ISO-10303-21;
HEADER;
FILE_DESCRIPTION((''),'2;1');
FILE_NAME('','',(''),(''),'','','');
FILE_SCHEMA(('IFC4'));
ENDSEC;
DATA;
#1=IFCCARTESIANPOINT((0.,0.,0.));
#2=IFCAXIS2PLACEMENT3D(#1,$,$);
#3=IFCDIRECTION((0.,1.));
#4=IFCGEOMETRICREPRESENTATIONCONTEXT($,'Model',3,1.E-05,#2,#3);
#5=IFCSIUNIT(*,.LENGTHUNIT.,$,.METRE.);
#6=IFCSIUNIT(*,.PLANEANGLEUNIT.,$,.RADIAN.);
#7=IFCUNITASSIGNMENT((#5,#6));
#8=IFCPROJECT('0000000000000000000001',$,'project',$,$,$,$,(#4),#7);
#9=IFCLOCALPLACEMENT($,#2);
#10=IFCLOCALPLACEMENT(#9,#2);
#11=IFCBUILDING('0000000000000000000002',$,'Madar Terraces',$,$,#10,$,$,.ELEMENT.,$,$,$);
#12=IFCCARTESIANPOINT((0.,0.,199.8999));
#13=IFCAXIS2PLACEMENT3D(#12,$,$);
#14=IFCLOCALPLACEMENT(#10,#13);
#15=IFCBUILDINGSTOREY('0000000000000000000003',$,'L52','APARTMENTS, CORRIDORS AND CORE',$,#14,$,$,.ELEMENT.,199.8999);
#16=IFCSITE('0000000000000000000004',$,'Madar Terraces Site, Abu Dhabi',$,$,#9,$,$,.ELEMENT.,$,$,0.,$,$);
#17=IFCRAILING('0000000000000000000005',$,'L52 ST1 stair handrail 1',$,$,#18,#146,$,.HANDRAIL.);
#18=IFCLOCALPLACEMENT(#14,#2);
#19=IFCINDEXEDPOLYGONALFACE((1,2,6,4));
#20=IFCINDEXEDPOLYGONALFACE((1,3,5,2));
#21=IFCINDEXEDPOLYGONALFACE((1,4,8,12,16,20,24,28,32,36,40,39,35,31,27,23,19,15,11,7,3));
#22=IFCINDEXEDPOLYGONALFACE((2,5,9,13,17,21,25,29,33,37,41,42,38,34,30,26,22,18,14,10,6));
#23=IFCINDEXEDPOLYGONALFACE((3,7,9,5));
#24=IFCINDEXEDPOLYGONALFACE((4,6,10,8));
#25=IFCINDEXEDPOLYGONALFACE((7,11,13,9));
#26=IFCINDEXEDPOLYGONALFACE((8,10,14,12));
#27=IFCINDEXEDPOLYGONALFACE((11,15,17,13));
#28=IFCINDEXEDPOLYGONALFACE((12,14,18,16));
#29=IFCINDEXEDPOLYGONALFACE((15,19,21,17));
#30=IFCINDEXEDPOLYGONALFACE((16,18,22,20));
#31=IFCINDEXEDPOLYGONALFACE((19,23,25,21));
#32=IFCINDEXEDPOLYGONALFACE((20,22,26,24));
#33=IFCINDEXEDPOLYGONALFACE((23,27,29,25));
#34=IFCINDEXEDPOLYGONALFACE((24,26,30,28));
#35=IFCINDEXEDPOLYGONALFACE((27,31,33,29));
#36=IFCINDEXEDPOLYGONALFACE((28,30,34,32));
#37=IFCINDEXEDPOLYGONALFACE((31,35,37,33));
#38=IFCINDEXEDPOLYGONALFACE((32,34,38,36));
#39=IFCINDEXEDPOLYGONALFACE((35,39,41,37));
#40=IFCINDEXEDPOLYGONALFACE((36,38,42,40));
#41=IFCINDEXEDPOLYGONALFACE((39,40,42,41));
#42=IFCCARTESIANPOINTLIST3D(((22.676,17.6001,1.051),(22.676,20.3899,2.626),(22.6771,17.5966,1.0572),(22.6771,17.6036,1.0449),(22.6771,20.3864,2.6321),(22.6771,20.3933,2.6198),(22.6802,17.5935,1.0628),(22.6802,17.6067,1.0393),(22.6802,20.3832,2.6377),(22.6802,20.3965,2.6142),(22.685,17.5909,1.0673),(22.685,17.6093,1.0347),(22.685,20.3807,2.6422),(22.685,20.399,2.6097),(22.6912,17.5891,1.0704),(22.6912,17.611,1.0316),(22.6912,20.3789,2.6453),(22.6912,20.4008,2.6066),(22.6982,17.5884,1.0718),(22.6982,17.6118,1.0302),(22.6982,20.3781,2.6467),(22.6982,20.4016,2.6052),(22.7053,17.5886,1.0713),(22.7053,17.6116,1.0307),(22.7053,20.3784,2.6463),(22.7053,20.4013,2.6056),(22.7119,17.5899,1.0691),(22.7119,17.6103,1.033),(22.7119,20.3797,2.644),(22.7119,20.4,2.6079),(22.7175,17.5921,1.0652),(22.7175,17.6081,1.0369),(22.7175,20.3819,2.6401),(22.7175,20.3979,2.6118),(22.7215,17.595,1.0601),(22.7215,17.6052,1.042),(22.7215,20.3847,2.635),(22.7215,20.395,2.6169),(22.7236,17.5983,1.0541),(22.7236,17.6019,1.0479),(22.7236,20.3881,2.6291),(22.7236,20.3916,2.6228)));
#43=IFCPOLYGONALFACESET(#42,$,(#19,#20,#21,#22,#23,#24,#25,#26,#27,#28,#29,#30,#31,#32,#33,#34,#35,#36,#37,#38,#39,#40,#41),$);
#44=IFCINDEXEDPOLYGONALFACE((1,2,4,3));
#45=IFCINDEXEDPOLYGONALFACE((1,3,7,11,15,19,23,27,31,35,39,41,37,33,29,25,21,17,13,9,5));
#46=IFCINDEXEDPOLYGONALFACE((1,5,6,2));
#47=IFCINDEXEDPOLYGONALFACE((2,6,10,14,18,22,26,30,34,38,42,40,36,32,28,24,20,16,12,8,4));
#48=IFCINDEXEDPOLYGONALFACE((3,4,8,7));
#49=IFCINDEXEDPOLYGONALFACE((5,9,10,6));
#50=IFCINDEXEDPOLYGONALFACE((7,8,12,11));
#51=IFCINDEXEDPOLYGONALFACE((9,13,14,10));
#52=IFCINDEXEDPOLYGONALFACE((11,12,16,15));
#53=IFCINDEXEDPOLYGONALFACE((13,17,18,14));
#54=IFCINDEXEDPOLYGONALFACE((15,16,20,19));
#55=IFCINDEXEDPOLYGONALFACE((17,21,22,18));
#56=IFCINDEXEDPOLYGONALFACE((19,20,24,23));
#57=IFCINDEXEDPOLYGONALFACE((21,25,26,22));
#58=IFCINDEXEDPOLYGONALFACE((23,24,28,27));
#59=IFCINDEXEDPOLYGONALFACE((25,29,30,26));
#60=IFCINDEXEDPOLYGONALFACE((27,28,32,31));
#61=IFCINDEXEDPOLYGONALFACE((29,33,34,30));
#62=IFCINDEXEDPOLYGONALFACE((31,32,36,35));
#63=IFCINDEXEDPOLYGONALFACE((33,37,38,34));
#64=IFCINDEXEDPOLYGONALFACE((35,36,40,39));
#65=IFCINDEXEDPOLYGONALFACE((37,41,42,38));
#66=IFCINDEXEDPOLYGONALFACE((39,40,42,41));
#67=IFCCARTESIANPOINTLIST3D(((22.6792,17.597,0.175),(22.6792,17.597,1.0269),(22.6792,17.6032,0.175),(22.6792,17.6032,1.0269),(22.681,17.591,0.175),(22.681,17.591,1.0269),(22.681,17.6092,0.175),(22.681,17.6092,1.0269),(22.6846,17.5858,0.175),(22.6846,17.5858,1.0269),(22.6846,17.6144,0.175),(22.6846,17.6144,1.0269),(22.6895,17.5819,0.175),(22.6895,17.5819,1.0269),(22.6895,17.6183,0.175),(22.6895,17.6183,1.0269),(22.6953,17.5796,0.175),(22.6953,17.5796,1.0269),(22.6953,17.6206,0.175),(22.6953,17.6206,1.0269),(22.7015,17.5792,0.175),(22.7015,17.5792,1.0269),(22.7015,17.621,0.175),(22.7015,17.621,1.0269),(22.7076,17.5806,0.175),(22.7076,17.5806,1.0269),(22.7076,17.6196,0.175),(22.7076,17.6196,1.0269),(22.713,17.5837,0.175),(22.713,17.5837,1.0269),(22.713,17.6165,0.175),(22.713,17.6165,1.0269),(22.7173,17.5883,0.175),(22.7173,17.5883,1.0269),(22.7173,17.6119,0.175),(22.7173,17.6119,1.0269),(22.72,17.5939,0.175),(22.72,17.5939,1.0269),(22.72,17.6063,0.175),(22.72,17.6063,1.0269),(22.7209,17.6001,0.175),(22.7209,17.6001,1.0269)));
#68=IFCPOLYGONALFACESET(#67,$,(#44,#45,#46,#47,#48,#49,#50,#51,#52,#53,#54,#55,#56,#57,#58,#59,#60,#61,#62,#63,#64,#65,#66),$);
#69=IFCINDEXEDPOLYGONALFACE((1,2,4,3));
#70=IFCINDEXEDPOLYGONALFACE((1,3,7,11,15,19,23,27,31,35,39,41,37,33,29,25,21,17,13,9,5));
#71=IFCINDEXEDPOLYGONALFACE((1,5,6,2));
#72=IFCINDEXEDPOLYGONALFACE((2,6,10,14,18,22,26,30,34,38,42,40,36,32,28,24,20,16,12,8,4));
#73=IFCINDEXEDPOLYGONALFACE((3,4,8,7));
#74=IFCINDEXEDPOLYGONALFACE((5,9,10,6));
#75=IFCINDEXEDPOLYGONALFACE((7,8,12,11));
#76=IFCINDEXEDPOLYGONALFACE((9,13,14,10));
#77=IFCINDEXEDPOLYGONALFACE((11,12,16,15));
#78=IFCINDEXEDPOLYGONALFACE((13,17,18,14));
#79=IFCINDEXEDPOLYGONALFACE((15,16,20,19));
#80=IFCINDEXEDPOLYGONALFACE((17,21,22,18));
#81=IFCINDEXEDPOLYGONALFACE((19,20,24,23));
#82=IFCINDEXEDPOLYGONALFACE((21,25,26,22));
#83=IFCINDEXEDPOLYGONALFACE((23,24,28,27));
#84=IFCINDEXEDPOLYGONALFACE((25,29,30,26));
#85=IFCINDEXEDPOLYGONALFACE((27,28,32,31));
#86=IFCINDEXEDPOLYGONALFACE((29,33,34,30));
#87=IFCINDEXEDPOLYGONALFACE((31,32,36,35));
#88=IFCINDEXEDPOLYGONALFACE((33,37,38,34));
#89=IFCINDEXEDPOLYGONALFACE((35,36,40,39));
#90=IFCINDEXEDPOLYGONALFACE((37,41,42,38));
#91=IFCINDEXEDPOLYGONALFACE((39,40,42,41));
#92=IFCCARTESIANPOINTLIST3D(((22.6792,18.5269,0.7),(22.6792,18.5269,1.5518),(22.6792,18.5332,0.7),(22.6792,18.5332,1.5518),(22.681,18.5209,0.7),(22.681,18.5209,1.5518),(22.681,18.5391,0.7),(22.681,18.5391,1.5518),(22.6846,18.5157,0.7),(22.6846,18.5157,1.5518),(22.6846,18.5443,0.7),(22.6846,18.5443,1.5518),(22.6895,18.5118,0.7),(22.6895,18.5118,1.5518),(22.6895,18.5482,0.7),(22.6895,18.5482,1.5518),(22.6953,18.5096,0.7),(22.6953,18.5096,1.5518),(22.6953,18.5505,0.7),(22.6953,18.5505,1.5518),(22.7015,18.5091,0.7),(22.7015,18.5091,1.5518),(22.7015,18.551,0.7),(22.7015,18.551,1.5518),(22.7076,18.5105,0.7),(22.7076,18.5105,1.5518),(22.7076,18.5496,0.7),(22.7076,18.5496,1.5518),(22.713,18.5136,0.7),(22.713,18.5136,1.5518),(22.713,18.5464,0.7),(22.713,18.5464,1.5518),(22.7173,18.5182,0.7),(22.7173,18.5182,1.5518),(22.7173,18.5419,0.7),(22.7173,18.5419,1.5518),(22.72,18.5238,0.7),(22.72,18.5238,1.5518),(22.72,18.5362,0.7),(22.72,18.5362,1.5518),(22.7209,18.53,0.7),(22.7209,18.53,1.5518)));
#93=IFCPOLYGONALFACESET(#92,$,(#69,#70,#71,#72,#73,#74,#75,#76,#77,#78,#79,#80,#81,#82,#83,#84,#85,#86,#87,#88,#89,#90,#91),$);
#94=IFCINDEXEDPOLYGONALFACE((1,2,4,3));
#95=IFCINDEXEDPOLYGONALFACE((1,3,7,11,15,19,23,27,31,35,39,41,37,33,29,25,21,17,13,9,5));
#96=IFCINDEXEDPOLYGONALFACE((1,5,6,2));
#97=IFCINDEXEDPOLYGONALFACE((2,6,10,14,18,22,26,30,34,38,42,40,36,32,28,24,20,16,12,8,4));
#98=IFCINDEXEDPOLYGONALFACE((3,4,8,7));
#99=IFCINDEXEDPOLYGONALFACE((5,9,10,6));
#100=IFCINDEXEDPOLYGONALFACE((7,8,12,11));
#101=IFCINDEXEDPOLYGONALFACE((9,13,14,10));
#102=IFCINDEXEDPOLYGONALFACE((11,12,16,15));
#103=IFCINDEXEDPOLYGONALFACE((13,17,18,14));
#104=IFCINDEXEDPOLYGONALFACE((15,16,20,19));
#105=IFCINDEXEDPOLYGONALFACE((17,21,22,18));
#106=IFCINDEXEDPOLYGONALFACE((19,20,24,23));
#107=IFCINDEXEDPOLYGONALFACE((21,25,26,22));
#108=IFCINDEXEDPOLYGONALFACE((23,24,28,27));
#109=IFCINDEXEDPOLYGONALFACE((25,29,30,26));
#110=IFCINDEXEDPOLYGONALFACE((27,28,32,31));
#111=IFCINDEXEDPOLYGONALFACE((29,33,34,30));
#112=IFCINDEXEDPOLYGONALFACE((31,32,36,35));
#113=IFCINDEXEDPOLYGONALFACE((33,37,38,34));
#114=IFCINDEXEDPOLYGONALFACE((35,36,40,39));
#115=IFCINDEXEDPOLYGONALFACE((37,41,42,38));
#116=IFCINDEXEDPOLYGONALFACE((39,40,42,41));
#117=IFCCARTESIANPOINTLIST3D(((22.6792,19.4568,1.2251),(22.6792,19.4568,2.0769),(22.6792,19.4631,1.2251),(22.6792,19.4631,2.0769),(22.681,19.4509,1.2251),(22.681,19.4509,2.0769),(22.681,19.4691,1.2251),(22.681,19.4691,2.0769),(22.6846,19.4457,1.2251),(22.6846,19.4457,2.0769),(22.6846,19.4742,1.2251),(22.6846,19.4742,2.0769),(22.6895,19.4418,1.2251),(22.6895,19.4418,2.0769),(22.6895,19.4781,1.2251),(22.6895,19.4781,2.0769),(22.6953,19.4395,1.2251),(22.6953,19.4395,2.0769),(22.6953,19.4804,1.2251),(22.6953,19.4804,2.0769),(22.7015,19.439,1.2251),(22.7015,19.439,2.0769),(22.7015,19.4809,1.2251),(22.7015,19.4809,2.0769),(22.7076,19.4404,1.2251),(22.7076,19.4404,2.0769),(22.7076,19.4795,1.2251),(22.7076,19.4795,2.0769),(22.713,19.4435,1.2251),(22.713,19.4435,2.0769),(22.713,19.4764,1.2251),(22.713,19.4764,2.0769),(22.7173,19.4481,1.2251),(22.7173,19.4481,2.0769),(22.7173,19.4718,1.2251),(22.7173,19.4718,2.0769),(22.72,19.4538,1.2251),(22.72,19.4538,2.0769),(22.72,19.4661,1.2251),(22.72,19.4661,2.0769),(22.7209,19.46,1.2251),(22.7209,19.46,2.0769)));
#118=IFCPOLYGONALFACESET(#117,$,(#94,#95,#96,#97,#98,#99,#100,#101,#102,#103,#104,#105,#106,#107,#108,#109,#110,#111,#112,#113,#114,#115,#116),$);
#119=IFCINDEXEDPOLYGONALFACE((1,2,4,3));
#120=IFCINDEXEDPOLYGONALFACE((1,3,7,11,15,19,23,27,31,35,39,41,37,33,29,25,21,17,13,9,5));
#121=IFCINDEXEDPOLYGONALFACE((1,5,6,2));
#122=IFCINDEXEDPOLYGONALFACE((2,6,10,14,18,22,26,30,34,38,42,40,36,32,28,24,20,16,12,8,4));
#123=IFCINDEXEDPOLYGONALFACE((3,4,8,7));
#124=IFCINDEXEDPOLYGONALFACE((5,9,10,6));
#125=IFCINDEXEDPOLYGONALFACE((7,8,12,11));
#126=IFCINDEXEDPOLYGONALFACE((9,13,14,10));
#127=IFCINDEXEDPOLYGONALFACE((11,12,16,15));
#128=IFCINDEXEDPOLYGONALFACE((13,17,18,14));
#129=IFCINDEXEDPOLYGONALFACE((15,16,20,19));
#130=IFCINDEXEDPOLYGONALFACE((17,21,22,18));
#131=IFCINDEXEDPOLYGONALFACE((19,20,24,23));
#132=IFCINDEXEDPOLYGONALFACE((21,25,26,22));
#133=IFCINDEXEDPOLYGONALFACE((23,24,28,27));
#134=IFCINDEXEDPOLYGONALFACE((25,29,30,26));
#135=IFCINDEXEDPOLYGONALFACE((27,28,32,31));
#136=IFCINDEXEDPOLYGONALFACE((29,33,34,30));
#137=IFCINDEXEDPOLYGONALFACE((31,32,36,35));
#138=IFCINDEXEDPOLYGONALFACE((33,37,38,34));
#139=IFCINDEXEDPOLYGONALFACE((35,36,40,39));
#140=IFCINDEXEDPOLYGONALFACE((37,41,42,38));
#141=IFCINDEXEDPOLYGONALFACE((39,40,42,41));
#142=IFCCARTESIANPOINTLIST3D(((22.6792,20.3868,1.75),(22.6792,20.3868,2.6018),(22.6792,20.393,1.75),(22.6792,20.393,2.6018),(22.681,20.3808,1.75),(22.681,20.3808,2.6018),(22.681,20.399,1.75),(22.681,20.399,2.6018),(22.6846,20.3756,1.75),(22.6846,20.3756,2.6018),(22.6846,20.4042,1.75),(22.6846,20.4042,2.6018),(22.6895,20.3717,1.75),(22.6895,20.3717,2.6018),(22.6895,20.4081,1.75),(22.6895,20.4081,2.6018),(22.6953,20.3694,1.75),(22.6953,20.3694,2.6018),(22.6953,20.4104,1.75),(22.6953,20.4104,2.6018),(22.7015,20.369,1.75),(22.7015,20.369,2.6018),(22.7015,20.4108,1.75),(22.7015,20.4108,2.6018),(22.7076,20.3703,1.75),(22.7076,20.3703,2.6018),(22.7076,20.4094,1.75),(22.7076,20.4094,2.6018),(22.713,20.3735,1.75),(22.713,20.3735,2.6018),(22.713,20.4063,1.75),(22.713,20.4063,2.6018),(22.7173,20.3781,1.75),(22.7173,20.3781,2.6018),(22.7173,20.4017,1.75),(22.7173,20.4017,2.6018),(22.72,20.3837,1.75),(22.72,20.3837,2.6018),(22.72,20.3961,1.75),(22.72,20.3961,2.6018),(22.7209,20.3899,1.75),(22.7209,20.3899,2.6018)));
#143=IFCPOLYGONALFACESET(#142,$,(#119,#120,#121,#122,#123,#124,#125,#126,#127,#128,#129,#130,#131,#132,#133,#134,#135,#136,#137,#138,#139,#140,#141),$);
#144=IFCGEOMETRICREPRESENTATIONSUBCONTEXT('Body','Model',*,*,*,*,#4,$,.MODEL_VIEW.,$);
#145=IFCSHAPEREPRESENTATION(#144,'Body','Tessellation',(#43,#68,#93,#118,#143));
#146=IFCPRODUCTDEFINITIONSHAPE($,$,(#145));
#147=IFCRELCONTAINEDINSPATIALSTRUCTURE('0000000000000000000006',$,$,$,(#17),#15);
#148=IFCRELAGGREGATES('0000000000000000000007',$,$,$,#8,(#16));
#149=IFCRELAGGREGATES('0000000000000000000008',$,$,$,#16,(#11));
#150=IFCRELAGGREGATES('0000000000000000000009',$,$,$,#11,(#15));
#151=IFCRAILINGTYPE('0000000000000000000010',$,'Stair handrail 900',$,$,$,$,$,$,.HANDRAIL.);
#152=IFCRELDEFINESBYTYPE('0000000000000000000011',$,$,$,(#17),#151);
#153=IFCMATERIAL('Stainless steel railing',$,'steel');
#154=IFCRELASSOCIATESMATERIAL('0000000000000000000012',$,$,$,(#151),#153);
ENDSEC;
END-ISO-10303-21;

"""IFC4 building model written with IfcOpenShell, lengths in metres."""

from ifc_helpers import new_model, si_unit, direction, frame, origin, origin_2d, place, context, subcontext, project, spatial, circle, extrude, material, type_object, element, save


model = new_model("IFC4")

# Units and contexts
model_context = context("Model", 3, precision=1e-05, world=origin(), true_north=direction((0.0, 1.0)))
body_context = subcontext(model_context, "Body", "Model", "MODEL_VIEW")
ifc_project = project(units=[si_unit("LENGTHUNIT", "METRE"), si_unit("PLANEANGLEUNIT", "RADIAN")], contexts=[model_context])

# Site, building, storey
site_placement = place(None, origin())
site = spatial("IfcSite", under=ifc_project, at=site_placement, Name="Madar Terraces Site, Abu Dhabi", CompositionType="ELEMENT", RefElevation=0.0)
building_placement = place(site_placement, origin())
building = spatial("IfcBuilding", under=site, at=building_placement, Name="Madar Terraces", CompositionType="ELEMENT")
storey_placement = place(building_placement, frame((0.0, 0.0, 199.8999)))
storey = spatial("IfcBuildingStorey", under=building, at=storey_placement, Name="L52", Description="APARTMENTS, CORRIDORS AND CORE", CompositionType="ELEMENT", Elevation=199.8999)

# Railing
ifc_material_1 = material(Name="Stainless steel railing", Category="steel")
railing_type_1 = type_object("IfcRailingType", Name="Stair handrail 900", PredefinedType="HANDRAIL", material=ifc_material_1)
railing_1_placement = place(storey_placement, frame((22.7, 17.6001, 0.175)))
element("IfcRailing", 1, at=railing_1_placement, inside=storey, type_object=railing_type_1, Name="L52 ST1 stair handrail 1", PredefinedType="HANDRAIL", context=body_context, shape_type="SweptSolid", body=[
    extrude(circle(Radius=0.0239, at=origin_2d()), frame((0.0, 0.0, 0.876), z_axis=(0.0, 0.870815, 0.49161), x_axis=(-1.0, 0.0, 0.0)), (0.0, 0.0, 1.0), 3.2036),
    extrude(circle(Radius=0.021, at=origin_2d()), origin(), (0.0, 0.0, 1.0), 0.8518),
    extrude(circle(Radius=0.021, at=origin_2d()), frame((0.0, 0.9299, 0.5249)), (0.0, 0.0, 1.0), 0.8518),
    extrude(circle(Radius=0.021, at=origin_2d()), frame((0.0, 1.8599, 1.05)), (0.0, 0.0, 1.0), 0.8518),
    extrude(circle(Radius=0.021, at=origin_2d()), frame((0.0, 2.7898, 1.575)), (0.0, 0.0, 1.0), 0.8518),
])

save(model, "model.ifc")
